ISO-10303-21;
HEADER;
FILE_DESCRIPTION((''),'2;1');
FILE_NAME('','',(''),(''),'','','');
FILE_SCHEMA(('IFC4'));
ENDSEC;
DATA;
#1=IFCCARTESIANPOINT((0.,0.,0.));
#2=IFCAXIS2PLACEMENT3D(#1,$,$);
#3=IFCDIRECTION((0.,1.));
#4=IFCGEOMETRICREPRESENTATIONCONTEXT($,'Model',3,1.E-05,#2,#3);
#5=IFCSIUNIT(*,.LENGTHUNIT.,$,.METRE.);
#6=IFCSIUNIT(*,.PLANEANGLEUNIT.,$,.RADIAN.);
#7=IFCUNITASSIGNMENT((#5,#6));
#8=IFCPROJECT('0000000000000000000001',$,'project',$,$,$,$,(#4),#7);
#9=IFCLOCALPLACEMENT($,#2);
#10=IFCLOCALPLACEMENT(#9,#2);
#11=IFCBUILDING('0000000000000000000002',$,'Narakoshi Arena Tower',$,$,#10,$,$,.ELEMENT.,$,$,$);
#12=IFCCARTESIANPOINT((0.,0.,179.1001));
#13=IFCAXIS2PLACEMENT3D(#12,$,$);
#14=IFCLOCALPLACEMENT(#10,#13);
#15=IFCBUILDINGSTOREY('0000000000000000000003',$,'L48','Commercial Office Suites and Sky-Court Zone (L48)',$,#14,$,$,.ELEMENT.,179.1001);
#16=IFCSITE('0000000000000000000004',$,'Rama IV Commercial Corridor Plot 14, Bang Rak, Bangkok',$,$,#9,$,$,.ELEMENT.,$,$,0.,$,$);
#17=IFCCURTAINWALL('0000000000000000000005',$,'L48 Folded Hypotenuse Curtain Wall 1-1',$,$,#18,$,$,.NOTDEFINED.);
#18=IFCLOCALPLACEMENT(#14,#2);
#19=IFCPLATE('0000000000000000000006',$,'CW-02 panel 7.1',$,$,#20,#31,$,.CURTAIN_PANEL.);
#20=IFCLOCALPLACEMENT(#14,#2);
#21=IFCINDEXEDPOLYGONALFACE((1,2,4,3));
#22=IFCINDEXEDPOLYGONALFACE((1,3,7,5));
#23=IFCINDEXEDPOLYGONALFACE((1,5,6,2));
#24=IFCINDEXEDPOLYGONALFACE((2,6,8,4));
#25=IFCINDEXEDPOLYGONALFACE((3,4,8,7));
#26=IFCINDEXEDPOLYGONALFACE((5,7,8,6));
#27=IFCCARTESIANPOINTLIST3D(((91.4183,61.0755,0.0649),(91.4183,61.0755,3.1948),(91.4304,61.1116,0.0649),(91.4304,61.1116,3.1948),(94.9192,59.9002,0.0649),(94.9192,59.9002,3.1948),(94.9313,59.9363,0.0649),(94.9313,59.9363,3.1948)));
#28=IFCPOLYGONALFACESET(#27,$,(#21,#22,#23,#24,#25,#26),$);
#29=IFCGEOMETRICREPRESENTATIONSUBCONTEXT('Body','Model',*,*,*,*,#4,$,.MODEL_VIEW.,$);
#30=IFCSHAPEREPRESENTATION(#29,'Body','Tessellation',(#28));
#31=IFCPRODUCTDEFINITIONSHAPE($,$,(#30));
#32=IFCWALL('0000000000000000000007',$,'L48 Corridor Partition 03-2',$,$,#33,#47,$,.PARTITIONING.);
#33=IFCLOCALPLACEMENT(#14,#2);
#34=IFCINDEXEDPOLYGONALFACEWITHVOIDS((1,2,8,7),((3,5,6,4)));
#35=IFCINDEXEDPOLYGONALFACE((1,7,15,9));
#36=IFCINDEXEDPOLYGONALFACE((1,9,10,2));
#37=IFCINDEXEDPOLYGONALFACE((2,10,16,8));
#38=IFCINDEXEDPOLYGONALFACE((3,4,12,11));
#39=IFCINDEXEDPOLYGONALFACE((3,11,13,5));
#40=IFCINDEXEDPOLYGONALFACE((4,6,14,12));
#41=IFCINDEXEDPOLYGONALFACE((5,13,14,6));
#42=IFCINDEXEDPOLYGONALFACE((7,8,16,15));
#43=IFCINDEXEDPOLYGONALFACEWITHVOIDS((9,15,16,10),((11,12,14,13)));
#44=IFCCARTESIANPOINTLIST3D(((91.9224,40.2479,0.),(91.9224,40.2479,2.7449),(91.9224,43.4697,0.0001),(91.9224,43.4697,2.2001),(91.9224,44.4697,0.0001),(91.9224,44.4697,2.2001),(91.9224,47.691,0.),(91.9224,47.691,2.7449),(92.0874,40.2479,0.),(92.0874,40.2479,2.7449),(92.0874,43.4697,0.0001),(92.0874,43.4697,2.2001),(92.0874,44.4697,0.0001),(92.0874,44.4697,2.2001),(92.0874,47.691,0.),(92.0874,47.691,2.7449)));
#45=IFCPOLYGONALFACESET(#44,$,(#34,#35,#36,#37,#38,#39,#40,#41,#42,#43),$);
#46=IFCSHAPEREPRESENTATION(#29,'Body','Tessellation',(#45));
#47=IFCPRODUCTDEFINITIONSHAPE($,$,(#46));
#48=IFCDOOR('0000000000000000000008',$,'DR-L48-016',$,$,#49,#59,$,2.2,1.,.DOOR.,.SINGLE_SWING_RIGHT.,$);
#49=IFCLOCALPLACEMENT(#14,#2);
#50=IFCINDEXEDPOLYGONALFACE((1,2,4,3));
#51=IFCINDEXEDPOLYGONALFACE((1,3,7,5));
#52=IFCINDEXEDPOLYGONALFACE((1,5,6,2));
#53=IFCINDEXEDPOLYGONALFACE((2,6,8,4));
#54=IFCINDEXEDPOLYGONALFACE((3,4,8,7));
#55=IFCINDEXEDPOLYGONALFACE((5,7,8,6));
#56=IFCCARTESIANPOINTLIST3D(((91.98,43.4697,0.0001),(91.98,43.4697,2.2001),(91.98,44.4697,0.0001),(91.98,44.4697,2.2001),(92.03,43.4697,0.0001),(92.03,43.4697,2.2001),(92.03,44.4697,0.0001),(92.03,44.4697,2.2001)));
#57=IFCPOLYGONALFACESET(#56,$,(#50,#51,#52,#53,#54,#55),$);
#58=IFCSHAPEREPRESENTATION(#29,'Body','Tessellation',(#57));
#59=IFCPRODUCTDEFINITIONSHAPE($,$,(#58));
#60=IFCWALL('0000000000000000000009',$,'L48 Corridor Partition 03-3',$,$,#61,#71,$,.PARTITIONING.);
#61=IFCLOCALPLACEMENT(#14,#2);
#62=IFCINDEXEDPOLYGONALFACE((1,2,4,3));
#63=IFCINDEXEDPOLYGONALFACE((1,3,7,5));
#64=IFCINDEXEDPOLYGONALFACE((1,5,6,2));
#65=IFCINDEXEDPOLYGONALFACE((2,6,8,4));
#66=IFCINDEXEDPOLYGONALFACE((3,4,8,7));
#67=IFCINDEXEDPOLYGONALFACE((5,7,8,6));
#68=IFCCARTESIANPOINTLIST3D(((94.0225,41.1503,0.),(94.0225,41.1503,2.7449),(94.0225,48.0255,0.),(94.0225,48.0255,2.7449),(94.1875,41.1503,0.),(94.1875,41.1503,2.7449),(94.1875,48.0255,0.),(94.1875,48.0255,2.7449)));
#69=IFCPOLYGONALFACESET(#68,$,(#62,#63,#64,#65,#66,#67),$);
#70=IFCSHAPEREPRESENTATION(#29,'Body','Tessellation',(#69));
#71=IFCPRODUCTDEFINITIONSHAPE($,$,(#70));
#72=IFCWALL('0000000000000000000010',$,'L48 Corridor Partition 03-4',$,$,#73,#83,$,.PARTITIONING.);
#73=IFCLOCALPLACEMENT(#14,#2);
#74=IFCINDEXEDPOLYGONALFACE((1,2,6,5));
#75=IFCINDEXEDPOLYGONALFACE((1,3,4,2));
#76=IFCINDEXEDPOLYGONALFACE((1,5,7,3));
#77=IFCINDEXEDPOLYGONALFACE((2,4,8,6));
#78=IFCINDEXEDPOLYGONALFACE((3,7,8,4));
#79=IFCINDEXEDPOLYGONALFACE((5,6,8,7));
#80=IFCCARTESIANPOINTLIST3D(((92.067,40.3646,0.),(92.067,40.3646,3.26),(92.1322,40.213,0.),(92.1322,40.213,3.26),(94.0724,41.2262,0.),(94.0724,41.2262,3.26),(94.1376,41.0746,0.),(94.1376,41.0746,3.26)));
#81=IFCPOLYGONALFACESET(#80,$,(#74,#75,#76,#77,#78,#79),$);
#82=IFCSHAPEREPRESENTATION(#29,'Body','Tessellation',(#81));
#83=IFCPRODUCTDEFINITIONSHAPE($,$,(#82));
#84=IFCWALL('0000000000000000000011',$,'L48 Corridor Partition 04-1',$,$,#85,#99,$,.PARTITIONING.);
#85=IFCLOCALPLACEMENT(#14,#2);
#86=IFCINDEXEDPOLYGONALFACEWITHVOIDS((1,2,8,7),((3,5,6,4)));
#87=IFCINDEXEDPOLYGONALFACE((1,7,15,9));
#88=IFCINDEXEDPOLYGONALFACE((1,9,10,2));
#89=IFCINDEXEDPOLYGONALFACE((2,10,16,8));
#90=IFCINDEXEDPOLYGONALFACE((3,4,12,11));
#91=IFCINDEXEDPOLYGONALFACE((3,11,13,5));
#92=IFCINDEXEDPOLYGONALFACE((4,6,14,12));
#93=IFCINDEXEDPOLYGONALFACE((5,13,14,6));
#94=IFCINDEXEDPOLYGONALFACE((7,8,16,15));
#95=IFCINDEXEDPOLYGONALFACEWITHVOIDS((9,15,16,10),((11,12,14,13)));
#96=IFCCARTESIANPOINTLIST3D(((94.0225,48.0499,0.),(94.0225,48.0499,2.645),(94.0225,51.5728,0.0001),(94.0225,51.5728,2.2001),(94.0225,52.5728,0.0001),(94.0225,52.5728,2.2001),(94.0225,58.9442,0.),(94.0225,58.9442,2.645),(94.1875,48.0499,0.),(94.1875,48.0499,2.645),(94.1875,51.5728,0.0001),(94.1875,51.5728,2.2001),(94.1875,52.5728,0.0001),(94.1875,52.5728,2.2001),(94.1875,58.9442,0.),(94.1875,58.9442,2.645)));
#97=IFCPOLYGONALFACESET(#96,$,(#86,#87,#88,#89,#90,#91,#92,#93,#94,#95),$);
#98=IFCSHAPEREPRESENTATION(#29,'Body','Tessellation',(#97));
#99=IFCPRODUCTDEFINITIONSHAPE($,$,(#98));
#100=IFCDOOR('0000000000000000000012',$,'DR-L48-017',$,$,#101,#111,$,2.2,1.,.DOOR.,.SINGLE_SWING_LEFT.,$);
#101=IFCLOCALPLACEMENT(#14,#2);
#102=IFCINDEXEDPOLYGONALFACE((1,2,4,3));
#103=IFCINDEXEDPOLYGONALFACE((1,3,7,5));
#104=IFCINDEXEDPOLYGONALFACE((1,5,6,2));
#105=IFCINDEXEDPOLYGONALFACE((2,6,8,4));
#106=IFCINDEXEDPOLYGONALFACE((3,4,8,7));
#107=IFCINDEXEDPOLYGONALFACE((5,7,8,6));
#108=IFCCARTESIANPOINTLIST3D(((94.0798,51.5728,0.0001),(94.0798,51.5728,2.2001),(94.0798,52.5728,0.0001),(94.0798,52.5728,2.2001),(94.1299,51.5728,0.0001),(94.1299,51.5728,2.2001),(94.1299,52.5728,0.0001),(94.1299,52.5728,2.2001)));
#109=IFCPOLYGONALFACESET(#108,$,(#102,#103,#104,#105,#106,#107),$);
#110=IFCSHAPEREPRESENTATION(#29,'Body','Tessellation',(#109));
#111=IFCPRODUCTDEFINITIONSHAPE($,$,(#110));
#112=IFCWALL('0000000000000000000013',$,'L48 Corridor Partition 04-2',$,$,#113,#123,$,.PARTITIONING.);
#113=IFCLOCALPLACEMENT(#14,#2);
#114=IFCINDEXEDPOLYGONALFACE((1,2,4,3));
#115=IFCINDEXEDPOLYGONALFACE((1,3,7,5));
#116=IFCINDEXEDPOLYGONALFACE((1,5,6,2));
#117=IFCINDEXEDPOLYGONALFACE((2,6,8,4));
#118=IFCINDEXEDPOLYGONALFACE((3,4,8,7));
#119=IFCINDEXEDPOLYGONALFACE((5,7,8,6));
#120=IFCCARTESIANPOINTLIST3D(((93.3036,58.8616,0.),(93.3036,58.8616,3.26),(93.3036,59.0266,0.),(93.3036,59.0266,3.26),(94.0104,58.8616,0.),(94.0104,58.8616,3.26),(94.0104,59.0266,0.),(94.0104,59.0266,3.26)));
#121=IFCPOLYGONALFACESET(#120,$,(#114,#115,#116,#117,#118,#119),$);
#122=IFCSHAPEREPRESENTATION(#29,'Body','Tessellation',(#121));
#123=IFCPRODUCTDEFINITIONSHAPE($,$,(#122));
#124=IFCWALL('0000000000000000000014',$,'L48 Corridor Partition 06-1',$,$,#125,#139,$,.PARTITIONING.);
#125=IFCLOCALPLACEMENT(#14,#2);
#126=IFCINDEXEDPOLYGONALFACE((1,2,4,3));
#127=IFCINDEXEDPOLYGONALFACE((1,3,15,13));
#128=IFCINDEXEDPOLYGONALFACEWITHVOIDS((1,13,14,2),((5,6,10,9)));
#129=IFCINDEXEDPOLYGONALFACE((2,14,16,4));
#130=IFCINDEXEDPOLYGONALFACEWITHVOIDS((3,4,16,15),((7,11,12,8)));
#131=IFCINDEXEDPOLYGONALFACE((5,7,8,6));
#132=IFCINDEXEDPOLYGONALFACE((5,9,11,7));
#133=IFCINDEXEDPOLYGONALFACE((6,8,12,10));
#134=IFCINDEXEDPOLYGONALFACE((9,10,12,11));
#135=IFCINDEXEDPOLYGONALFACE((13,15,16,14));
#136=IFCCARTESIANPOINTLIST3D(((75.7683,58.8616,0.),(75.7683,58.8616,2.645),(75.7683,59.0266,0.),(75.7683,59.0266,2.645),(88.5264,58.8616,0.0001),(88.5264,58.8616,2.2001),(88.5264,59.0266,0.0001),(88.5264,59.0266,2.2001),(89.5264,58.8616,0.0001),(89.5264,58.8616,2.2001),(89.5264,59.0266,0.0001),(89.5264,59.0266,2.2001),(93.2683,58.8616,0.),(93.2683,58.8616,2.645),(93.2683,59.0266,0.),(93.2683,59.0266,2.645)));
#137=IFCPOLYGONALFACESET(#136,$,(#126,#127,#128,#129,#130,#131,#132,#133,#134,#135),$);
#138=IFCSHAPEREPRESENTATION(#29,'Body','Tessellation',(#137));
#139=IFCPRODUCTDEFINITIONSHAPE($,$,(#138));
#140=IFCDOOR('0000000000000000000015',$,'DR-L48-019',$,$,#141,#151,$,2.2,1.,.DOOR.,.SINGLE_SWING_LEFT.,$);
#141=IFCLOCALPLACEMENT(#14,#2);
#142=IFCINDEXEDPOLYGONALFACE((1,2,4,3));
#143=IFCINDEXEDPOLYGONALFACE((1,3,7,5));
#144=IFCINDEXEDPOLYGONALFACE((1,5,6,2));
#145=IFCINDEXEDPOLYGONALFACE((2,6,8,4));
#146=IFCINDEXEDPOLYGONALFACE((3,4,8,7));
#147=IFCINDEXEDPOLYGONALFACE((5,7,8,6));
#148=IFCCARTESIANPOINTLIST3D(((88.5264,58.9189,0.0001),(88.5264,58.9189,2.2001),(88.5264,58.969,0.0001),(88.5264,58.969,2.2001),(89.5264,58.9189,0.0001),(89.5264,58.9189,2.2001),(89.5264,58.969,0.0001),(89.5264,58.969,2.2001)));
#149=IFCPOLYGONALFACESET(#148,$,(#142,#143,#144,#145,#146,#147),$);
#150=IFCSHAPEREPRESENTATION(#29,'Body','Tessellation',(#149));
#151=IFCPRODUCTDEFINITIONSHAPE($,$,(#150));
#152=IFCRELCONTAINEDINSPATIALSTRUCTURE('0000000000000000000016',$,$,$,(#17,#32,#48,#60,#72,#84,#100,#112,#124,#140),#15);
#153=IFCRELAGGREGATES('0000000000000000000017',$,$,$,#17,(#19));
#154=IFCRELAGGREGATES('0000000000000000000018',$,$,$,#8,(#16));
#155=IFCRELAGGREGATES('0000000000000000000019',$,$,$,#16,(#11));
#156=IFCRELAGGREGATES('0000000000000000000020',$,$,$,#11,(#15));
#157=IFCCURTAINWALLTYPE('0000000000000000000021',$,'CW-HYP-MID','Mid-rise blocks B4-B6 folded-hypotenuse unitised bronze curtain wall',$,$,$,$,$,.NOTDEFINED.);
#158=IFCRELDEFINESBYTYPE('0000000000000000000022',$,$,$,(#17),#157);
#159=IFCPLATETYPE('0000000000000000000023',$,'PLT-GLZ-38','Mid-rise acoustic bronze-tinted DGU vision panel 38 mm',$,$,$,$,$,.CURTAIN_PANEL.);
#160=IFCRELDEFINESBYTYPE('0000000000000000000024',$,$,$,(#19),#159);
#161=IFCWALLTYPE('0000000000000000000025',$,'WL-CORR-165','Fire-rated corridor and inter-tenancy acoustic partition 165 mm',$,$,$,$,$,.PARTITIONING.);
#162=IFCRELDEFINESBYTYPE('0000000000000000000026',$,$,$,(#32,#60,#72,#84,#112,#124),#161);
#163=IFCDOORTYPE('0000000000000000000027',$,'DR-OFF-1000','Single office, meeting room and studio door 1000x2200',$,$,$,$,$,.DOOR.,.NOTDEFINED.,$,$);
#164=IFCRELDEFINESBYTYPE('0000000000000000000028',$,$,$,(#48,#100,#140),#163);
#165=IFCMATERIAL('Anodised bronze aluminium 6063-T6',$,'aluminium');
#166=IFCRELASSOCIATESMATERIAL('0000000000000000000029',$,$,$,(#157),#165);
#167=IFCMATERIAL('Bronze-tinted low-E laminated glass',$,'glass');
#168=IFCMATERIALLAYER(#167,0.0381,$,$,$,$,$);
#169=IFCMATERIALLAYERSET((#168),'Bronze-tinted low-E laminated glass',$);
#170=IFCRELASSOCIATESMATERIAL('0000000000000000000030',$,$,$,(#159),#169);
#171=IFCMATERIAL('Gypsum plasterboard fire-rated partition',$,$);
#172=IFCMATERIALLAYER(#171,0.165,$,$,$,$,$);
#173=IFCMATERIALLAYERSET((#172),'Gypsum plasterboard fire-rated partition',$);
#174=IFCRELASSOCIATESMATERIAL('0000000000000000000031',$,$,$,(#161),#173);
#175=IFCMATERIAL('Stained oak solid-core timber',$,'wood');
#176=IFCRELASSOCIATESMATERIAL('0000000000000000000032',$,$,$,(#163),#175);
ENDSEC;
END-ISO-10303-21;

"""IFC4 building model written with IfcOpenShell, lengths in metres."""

from ifc_helpers import new_model, si_unit, direction, frame, frame_2d, origin, origin_2d, place, context, subcontext, project, spatial, rectangle, extrude, material, layer, layer_set, type_object, element, fill, aggregate, save


model = new_model("IFC4")

# Units and contexts
model_context = context("Model", 3, precision=1e-05, world=origin(), true_north=direction((0.0, 1.0)))
body_context = subcontext(model_context, "Body", "Model", "MODEL_VIEW")
ifc_project = project(units=[si_unit("LENGTHUNIT", "METRE"), si_unit("PLANEANGLEUNIT", "RADIAN")], contexts=[model_context])

# Site, building, storey
site_placement = place(None, origin())
site = spatial("IfcSite", under=ifc_project, at=site_placement, Name="Rama IV Commercial Corridor Plot 14, Bang Rak, Bangkok", CompositionType="ELEMENT", RefElevation=0.0)
building_placement = place(site_placement, origin())
building = spatial("IfcBuilding", under=site, at=building_placement, Name="Narakoshi Arena Tower", CompositionType="ELEMENT")
storey_placement = place(building_placement, frame((0.0, 0.0, 179.1001)))
storey = spatial("IfcBuildingStorey", under=building, at=storey_placement, Name="L48", Description="Commercial Office Suites and Sky-Court Zone (L48)", CompositionType="ELEMENT", Elevation=179.1001)

# Curtain wall, plate
ifc_material_1 = material(Name="Anodised bronze aluminium 6063-T6", Category="aluminium")
curtain_wall_type = type_object("IfcCurtainWallType", Name="CW-HYP-MID", Description="Mid-rise blocks B4-B6 folded-hypotenuse unitised bronze curtain wall", PredefinedType="NOTDEFINED", material=ifc_material_1)
curtain_wall_placement = place(storey_placement, origin())
curtain_wall = element("IfcCurtainWall", 1, at=curtain_wall_placement, inside=storey, type_object=curtain_wall_type, Name="L48 Folded Hypotenuse Curtain Wall 1-1", PredefinedType="NOTDEFINED")
ifc_material_2 = material(Name="Bronze-tinted low-E laminated glass", Category="glass")
ifc_layer_1 = layer(ifc_material_2, 0.0381)
ifc_layer_set_1 = layer_set([ifc_layer_1], Name="Bronze-tinted low-E laminated glass")
plate_type = type_object("IfcPlateType", Name="PLT-GLZ-38", Description="Mid-rise acoustic bronze-tinted DGU vision panel 38 mm", PredefinedType="CURTAIN_PANEL", material=ifc_layer_set_1)
plate_1_placement = place(storey_placement, frame((93.1748, 60.5059, 0.0649), z_axis=(0.0, 0.0, 1.0), x_axis=(-0.948003, 0.318261, 0.0)))
plate_1 = element("IfcPlate", 2, at=plate_1_placement, type_object=plate_type, Name="CW-02 panel 7.1", PredefinedType="CURTAIN_PANEL", context=body_context, shape_type="SweptSolid", body=[
    extrude(rectangle(XDim=3.6929, YDim=0.0381, at=origin_2d()), origin(), (0.0, 0.0, 1.0), 3.1299),
])
aggregate(curtain_wall, [plate_1])

# Wall, opening, door
ifc_material_3 = material(Name="Gypsum plasterboard fire-rated partition")
ifc_layer_2 = layer(ifc_material_3, 0.165)
ifc_layer_set_2 = layer_set([ifc_layer_2], Name="Gypsum plasterboard fire-rated partition")
wall_type_1 = type_object("IfcWallType", Name="WL-CORR-165", Description="Fire-rated corridor and inter-tenancy acoustic partition 165 mm", PredefinedType="PARTITIONING", material=ifc_layer_set_2)
wall_1_placement = place(storey_placement, frame((92.0049, 47.6912, 0.0), z_axis=(0.0, 0.0, 1.0), x_axis=(0.0, -1.0, 0.0)))
wall_1 = element("IfcWall", 3, at=wall_1_placement, inside=storey, type_object=wall_type_1, Name="L48 Corridor Partition 03-2", PredefinedType="PARTITIONING", context=body_context, shape_type="SweptSolid", body=[
    extrude(rectangle(XDim=7.4431, YDim=0.165, at=frame_2d((3.7217, 0.0))), origin(), (0.0, 0.0, 1.0), 2.7449),
])
opening_1_placement = place(wall_1_placement, frame((3.2214, 0.0, 0.0)))
opening_1 = element("IfcOpeningElement", 4, at=opening_1_placement, cuts=wall_1, PredefinedType="OPENING", context=body_context, shape_type="SweptSolid", body=[
    extrude(rectangle(XDim=1.0, YDim=2.2, at=frame_2d((0.5, 1.1001))), frame((0.0, 0.0925, 0.0), z_axis=(0.0, -1.0, 0.0), x_axis=(1.0, 0.0, 0.0)), (0.0, 0.0, 1.0), 0.1851),
])
ifc_material_4 = material(Name="Stained oak solid-core timber", Category="wood")
door_type_1 = type_object("IfcDoorType", Name="DR-OFF-1000", Description="Single office, meeting room and studio door 1000x2200", OperationType="NOTDEFINED", PredefinedType="DOOR", material=ifc_material_4)
door_1_placement = place(opening_1_placement, frame((1.0, 0.0, 0.0), z_axis=(0.0, 0.0, 1.0), x_axis=(-1.0, 0.0, 0.0)))
door_1 = element("IfcDoor", 5, at=door_1_placement, inside=storey, type_object=door_type_1, Name="DR-L48-016", OperationType="SINGLE_SWING_RIGHT", OverallHeight=2.2, OverallWidth=1.0, PredefinedType="DOOR", context=body_context, shape_type="SweptSolid", body=[
    extrude(rectangle(XDim=1.0, YDim=2.2, at=frame_2d((0.5, 1.1001))), frame((0.0, 0.0249, 0.0), z_axis=(0.0, -1.0, 0.0), x_axis=(1.0, 0.0, 0.0)), (0.0, 0.0, 1.0), 0.05),
])
fill(opening_1, door_1)

# Walls
wall_2_placement = place(storey_placement, frame((94.105, 41.1504, 0.0), z_axis=(0.0, 0.0, 1.0), x_axis=(0.0, 1.0, 0.0)))
element("IfcWall", 6, at=wall_2_placement, inside=storey, type_object=wall_type_1, Name="L48 Corridor Partition 03-3", PredefinedType="PARTITIONING", context=body_context, shape_type="SweptSolid", body=[
    extrude(rectangle(XDim=6.8752, YDim=0.165, at=frame_2d((3.4375, 0.0))), origin(), (0.0, 0.0, 1.0), 2.7449),
])
wall_3_placement = place(storey_placement, frame((92.0996, 40.2888, 0.0), z_axis=(0.0, 0.0, 1.0), x_axis=(0.918792, 0.394743, 0.0)))
element("IfcWall", 7, at=wall_3_placement, inside=storey, type_object=wall_type_1, Name="L48 Corridor Partition 03-4", PredefinedType="PARTITIONING", context=body_context, shape_type="SweptSolid", body=[
    extrude(rectangle(XDim=2.1826, YDim=0.165, at=frame_2d((1.0913, 0.0))), origin(), (0.0, 0.0, 1.0), 3.26),
])

# Wall, opening, door
wall_4_placement = place(storey_placement, frame((94.105, 48.0498, 0.0), z_axis=(0.0, 0.0, 1.0), x_axis=(0.0, 1.0, 0.0)))
wall_4 = element("IfcWall", 8, at=wall_4_placement, inside=storey, type_object=wall_type_1, Name="L48 Corridor Partition 04-1", PredefinedType="PARTITIONING", context=body_context, shape_type="SweptSolid", body=[
    extrude(rectangle(XDim=10.8943, YDim=0.165, at=frame_2d((5.4473, 0.0))), origin(), (0.0, 0.0, 1.0), 2.645),
])
opening_2_placement = place(wall_4_placement, frame((3.5229, 0.0, 0.0)))
opening_2 = element("IfcOpeningElement", 9, at=opening_2_placement, cuts=wall_4, PredefinedType="OPENING", context=body_context, shape_type="SweptSolid", body=[
    extrude(rectangle(XDim=1.0, YDim=2.2, at=frame_2d((0.5, 1.1001))), frame((0.0, 0.0925, 0.0), z_axis=(0.0, -1.0, 0.0), x_axis=(1.0, 0.0, 0.0)), (0.0, 0.0, 1.0), 0.1851),
])
door_2_placement = place(opening_2_placement, frame((1.0, 0.0, 0.0), z_axis=(0.0, 0.0, 1.0), x_axis=(-1.0, 0.0, 0.0)))
door_2 = element("IfcDoor", 10, at=door_2_placement, inside=storey, type_object=door_type_1, Name="DR-L48-017", OperationType="SINGLE_SWING_LEFT", OverallHeight=2.2, OverallWidth=1.0, PredefinedType="DOOR", context=body_context, shape_type="SweptSolid", body=[
    extrude(rectangle(XDim=1.0, YDim=2.2, at=frame_2d((0.5, 1.1001))), frame((0.0, 0.0249, 0.0), z_axis=(0.0, -1.0, 0.0), x_axis=(1.0, 0.0, 0.0)), (0.0, 0.0, 1.0), 0.05),
])
fill(opening_2, door_2)

# Wall
wall_5_placement = place(storey_placement, frame((94.0105, 58.9441, 0.0), z_axis=(0.0, 0.0, 1.0), x_axis=(-1.0, 0.0, 0.0)))
element("IfcWall", 11, at=wall_5_placement, inside=storey, type_object=wall_type_1, Name="L48 Corridor Partition 04-2", PredefinedType="PARTITIONING", context=body_context, shape_type="SweptSolid", body=[
    extrude(rectangle(XDim=0.7068, YDim=0.165, at=frame_2d((0.3535, 0.0))), origin(), (0.0, 0.0, 1.0), 3.26),
])

# Wall, opening, door
wall_6_placement = place(storey_placement, frame((93.2683, 58.9441, 0.0), z_axis=(0.0, 0.0, 1.0), x_axis=(-1.0, 0.0, 0.0)))
wall_6 = element("IfcWall", 12, at=wall_6_placement, inside=storey, type_object=wall_type_1, Name="L48 Corridor Partition 06-1", PredefinedType="PARTITIONING", context=body_context, shape_type="SweptSolid", body=[
    extrude(rectangle(XDim=17.5, YDim=0.165, at=frame_2d((8.75, 0.0))), origin(), (0.0, 0.0, 1.0), 2.645),
])
opening_3_placement = place(wall_6_placement, frame((3.7419, 0.0, 0.0)))
opening_3 = element("IfcOpeningElement", 13, at=opening_3_placement, cuts=wall_6, PredefinedType="OPENING", context=body_context, shape_type="SweptSolid", body=[
    extrude(rectangle(XDim=1.0, YDim=2.2, at=frame_2d((0.5, 1.1001))), frame((0.0, 0.0925, 0.0), z_axis=(0.0, -1.0, 0.0), x_axis=(1.0, 0.0, 0.0)), (0.0, 0.0, 1.0), 0.1851),
])
door_3_placement = place(opening_3_placement, frame((1.0, 0.0, 0.0), z_axis=(0.0, 0.0, 1.0), x_axis=(-1.0, 0.0, 0.0)))
door_3 = element("IfcDoor", 14, at=door_3_placement, inside=storey, type_object=door_type_1, Name="DR-L48-019", OperationType="SINGLE_SWING_LEFT", OverallHeight=2.2, OverallWidth=1.0, PredefinedType="DOOR", context=body_context, shape_type="SweptSolid", body=[
    extrude(rectangle(XDim=1.0, YDim=2.2, at=frame_2d((0.5, 1.1001))), frame((0.0, 0.0249, 0.0), z_axis=(0.0, -1.0, 0.0), x_axis=(1.0, 0.0, 0.0)), (0.0, 0.0, 1.0), 0.05),
])
fill(opening_3, door_3)

save(model, "model.ifc")
